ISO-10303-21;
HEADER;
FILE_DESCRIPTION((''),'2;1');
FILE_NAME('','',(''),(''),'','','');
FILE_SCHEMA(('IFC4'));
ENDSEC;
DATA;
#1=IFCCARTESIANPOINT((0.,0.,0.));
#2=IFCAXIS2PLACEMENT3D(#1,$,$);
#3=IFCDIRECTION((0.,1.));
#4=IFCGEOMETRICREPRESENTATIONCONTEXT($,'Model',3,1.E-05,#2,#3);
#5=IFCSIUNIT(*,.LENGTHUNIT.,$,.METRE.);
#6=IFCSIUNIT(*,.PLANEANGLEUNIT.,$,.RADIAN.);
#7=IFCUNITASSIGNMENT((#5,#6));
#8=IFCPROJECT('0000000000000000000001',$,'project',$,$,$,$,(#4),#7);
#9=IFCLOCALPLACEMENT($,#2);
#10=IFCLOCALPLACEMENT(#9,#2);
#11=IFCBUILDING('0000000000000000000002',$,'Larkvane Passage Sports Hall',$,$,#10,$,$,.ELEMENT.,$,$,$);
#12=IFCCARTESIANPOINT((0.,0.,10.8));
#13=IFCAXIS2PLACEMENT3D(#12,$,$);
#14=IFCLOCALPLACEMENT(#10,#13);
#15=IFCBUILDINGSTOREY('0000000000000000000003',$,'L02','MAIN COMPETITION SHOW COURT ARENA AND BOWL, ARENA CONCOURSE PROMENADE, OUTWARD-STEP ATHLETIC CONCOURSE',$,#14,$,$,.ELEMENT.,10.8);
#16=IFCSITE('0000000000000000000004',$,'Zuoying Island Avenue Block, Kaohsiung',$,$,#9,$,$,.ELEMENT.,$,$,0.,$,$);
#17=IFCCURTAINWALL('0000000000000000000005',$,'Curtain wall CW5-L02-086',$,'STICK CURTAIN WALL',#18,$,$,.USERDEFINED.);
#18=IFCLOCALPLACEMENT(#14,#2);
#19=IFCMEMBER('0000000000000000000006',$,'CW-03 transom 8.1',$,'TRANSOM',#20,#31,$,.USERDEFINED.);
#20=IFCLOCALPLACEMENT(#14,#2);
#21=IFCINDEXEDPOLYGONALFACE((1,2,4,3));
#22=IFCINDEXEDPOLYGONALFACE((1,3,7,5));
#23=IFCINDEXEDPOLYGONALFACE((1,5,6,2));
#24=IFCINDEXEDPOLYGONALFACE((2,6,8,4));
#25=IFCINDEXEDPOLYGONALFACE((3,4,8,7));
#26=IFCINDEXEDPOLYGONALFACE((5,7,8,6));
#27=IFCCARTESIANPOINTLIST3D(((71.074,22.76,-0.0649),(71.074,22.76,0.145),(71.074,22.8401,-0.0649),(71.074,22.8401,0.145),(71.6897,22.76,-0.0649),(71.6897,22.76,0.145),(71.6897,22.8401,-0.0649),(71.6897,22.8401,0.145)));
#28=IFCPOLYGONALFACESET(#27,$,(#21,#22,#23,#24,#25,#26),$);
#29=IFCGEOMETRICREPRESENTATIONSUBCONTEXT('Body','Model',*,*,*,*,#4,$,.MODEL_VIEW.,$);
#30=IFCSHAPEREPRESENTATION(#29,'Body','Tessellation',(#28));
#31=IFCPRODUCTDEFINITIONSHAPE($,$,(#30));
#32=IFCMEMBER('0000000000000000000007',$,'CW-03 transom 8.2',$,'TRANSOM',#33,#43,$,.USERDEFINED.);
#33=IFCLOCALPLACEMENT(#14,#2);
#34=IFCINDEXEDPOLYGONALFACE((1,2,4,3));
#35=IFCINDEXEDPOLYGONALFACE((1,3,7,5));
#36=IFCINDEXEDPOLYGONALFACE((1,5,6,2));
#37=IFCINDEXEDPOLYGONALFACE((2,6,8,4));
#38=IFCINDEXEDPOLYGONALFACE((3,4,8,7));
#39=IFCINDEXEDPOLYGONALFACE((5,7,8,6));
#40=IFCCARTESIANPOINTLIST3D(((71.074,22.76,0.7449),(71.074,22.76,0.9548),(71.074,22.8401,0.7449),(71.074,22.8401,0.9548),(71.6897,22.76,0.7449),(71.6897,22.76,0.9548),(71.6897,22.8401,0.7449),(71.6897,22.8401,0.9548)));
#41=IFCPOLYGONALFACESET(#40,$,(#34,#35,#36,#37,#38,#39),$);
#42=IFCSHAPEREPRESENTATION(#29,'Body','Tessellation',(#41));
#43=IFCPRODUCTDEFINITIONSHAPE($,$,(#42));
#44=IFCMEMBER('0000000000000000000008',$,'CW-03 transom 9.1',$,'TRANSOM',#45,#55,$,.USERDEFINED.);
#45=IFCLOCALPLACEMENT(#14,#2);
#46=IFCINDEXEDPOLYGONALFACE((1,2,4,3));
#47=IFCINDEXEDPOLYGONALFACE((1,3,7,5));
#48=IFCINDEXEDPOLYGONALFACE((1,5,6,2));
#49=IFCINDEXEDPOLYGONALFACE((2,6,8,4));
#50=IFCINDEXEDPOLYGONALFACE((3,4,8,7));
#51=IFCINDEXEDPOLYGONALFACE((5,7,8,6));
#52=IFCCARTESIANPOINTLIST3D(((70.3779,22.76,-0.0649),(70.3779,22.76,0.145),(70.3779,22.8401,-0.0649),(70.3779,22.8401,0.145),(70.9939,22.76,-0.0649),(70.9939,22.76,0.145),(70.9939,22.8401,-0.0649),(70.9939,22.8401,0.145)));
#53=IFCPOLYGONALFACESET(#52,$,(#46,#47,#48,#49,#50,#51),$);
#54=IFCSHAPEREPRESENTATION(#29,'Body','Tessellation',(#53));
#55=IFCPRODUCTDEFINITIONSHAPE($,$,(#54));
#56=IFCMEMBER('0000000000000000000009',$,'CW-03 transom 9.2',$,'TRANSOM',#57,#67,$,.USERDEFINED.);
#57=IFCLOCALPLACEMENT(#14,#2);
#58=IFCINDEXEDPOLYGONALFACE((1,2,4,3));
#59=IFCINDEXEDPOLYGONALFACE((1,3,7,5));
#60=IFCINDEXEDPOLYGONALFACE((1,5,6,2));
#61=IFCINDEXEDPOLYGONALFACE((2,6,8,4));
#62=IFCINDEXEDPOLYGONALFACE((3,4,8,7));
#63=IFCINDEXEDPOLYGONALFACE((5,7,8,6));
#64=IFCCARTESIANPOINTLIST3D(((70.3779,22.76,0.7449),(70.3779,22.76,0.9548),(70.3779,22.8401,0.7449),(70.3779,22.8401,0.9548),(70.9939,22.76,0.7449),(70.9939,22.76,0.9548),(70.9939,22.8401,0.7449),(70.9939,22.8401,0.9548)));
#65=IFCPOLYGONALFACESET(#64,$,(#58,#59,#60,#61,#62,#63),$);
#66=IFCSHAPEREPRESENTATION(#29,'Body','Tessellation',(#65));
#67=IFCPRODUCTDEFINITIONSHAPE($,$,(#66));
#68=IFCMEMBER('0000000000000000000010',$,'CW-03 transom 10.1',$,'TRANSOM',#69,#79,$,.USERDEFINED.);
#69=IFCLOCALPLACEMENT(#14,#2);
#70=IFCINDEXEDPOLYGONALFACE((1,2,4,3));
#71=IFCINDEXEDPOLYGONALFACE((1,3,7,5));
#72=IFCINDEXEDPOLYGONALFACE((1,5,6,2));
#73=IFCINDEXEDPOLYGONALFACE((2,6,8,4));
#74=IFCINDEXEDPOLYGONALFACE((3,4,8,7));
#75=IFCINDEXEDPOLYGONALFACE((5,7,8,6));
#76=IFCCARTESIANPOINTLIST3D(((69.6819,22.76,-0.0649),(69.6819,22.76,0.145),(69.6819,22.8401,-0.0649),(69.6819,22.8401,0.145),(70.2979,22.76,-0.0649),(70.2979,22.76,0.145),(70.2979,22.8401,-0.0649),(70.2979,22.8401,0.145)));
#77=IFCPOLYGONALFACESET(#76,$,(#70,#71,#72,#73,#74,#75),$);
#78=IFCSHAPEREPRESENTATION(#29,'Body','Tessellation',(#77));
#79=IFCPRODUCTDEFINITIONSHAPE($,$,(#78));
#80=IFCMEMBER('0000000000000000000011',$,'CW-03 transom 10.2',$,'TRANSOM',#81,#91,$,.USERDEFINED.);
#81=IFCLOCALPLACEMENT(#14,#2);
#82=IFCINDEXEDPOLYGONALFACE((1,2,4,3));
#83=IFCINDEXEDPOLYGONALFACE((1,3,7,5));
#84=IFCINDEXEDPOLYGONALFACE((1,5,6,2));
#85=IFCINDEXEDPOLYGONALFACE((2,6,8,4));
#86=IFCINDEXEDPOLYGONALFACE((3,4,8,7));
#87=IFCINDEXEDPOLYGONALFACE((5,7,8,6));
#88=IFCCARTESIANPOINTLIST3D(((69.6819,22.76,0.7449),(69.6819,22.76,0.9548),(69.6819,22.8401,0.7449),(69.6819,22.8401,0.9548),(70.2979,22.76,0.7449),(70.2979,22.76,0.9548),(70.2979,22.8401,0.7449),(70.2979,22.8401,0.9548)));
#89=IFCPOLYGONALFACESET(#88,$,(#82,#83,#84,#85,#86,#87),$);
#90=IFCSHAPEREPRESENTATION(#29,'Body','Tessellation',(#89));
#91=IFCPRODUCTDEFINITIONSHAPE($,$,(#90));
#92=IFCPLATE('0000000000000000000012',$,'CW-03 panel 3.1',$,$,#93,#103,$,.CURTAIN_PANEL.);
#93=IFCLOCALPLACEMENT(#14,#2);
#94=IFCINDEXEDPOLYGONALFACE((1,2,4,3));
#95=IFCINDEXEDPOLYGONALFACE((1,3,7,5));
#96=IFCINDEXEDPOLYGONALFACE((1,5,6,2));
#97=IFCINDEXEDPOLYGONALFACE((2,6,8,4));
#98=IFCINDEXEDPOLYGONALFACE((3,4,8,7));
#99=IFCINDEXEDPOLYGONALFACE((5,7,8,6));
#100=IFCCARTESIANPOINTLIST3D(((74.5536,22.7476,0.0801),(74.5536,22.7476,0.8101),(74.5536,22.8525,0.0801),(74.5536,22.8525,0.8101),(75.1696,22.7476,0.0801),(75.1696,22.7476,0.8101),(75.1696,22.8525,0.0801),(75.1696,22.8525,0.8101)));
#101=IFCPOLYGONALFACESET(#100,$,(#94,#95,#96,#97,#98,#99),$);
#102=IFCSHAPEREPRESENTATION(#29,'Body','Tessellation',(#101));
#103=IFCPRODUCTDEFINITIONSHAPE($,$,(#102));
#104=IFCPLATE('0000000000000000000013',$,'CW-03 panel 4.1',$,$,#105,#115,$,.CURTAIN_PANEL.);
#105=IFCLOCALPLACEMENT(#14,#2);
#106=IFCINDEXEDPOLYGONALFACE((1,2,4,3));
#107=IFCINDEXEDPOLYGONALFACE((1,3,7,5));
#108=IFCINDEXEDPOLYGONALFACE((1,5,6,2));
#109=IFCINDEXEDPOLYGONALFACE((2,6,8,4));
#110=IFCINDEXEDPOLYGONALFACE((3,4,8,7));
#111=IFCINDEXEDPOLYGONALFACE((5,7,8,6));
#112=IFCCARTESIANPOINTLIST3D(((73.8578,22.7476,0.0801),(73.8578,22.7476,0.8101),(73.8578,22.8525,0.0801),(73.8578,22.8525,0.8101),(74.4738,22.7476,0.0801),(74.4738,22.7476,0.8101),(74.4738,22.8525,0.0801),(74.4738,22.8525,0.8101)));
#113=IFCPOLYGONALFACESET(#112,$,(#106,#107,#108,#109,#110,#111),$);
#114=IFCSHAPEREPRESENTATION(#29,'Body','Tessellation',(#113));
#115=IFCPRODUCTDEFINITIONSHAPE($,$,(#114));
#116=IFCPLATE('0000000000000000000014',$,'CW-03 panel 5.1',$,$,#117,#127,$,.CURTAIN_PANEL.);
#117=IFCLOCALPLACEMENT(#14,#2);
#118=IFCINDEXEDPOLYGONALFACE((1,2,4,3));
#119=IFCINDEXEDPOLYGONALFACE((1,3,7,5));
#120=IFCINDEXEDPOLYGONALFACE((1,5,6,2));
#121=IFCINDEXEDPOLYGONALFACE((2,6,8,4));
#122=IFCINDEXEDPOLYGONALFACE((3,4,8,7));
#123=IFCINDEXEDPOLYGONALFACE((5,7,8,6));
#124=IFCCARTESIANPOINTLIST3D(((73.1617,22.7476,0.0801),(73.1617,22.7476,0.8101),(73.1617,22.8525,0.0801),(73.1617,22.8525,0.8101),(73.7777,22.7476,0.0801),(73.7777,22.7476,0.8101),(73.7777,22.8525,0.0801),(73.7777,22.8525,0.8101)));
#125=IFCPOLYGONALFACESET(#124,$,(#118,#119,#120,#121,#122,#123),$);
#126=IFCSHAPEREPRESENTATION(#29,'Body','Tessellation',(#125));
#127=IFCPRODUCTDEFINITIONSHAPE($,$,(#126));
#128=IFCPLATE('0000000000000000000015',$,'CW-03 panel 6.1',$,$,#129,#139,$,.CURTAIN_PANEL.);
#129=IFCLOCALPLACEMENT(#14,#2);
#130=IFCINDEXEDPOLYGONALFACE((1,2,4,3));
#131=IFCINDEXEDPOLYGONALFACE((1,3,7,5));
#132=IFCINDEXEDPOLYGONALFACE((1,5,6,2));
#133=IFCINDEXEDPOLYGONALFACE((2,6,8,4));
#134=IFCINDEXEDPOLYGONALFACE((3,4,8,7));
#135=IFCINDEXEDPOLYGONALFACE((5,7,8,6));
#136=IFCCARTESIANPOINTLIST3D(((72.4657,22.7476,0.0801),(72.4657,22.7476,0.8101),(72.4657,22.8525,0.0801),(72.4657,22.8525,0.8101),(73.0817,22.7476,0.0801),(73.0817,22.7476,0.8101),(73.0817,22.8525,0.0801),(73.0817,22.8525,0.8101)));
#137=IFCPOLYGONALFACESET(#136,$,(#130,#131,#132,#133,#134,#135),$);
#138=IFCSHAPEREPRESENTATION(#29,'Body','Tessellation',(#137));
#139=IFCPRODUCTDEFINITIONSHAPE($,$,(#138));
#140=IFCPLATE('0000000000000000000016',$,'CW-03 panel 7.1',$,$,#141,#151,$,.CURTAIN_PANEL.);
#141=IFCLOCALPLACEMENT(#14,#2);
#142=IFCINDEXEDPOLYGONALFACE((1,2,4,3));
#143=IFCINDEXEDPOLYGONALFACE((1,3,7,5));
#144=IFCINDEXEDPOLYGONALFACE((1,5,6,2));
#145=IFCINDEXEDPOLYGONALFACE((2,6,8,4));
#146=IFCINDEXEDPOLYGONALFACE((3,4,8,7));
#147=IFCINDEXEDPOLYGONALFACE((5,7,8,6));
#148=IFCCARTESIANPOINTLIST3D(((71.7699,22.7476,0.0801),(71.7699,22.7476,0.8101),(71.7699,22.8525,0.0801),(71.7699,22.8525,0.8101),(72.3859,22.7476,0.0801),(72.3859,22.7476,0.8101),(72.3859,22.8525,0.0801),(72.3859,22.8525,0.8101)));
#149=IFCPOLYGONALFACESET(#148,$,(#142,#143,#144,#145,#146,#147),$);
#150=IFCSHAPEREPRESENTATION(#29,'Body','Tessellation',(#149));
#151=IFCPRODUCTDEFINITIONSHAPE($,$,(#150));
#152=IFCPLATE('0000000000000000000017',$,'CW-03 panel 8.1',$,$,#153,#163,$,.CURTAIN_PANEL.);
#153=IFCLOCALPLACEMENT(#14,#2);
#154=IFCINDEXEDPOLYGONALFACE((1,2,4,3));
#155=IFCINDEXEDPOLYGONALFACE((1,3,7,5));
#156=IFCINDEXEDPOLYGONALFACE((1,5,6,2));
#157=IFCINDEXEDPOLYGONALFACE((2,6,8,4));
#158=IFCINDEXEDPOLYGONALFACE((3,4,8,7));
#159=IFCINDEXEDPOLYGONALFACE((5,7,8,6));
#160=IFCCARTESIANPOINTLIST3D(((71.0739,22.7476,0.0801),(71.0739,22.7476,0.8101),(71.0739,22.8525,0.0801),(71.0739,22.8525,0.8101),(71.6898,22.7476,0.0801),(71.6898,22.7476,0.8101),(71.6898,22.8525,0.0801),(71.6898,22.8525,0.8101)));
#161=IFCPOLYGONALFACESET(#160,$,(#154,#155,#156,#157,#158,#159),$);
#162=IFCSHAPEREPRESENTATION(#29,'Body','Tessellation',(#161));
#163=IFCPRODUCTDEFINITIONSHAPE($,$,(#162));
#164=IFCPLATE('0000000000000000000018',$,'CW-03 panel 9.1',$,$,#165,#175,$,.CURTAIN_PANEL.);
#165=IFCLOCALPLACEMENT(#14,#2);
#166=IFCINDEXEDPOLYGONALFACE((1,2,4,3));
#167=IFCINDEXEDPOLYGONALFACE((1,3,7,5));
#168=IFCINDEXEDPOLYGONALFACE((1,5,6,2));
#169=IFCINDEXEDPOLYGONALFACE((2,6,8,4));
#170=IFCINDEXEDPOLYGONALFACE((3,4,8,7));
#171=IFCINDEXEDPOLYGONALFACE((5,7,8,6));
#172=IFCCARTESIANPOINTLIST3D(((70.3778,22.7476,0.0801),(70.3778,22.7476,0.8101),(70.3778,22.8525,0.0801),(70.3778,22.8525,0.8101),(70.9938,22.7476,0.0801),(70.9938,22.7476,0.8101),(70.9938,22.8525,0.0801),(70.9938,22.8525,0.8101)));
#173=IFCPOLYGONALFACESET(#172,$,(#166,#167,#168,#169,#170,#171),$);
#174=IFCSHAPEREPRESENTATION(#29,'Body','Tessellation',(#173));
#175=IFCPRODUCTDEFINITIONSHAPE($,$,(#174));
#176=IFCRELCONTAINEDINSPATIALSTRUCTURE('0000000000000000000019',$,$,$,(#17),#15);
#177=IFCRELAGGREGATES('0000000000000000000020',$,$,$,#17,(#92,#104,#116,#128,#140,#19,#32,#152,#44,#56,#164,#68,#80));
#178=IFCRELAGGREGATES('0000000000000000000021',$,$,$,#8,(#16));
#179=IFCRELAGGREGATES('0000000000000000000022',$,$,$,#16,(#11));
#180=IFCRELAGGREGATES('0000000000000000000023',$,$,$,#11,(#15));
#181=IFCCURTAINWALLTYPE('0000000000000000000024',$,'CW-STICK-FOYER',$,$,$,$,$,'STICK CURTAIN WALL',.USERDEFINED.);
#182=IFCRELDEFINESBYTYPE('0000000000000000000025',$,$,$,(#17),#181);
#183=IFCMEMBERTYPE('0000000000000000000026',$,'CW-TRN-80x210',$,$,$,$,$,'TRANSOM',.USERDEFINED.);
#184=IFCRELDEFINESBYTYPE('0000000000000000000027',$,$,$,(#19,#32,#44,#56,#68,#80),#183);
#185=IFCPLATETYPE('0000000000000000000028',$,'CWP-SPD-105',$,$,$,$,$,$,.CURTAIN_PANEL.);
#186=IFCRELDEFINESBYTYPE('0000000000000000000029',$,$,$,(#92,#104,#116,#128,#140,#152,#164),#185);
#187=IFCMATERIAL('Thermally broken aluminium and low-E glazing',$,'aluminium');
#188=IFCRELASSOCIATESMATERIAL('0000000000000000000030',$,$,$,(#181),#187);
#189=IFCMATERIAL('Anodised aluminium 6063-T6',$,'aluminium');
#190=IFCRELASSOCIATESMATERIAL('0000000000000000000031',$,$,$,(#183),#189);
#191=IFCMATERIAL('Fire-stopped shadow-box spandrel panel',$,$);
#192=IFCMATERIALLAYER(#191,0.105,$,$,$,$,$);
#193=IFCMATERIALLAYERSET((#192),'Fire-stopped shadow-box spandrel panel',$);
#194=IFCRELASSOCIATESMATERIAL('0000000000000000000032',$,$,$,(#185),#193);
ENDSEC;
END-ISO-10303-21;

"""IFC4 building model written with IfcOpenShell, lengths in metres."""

from ifc_helpers import new_model, si_unit, direction, frame, origin, origin_2d, place, context, subcontext, project, spatial, rectangle, extrude, material, layer, layer_set, material_profile, profile_set, type_object, element, aggregate, save


model = new_model("IFC4")

# Units and contexts
model_context = context("Model", 3, precision=1e-05, world=origin(), true_north=direction((0.0, 1.0)))
body_context = subcontext(model_context, "Body", "Model", "MODEL_VIEW")
ifc_project = project(units=[si_unit("LENGTHUNIT", "METRE"), si_unit("PLANEANGLEUNIT", "RADIAN")], contexts=[model_context])

# Site, building, storey
site_placement = place(None, origin())
site = spatial("IfcSite", under=ifc_project, at=site_placement, Name="Zuoying Island Avenue Block, Kaohsiung", CompositionType="ELEMENT", RefElevation=0.0)
building_placement = place(site_placement, origin())
building = spatial("IfcBuilding", under=site, at=building_placement, Name="Larkvane Passage Sports Hall", CompositionType="ELEMENT")
storey_placement = place(building_placement, frame((0.0, 0.0, 10.8)))
storey = spatial("IfcBuildingStorey", under=building, at=storey_placement, Name="L02", Description="MAIN COMPETITION SHOW COURT ARENA AND BOWL, ARENA CONCOURSE PROMENADE, OUTWARD-STEP ATHLETIC CONCOURSE", CompositionType="ELEMENT", Elevation=10.8)

# Curtain wall, members, plates
ifc_material_1 = material(Name="Thermally broken aluminium and low-E glazing", Category="aluminium")
curtain_wall_type = type_object("IfcCurtainWallType", Name="CW-STICK-FOYER", ElementType="STICK CURTAIN WALL", PredefinedType="USERDEFINED", material=ifc_material_1)
curtain_wall_placement = place(storey_placement, origin())
curtain_wall = element("IfcCurtainWall", 1, at=curtain_wall_placement, inside=storey, type_object=curtain_wall_type, Name="Curtain wall CW5-L02-086", ObjectType="STICK CURTAIN WALL", PredefinedType="USERDEFINED")
ifc_material_2 = material(Name="Anodised aluminium 6063-T6", Category="aluminium")
ifc_material_profile_1 = material_profile(ifc_material_2, rectangle(XDim=0.0801, YDim=0.21, at=origin_2d()), Name="ALU-TRN-80x210")
ifc_profile_set_1 = profile_set([ifc_material_profile_1], Name="Anodised aluminium 6063-T6")
member_type_1 = type_object("IfcMemberType", Name="CW-TRN-80x210", ElementType="TRANSOM", PredefinedType="USERDEFINED", material=ifc_profile_set_1)
member_1_placement = place(storey_placement, frame((71.6897, 22.8, 0.04), z_axis=(-1.0, 0.0, 0.0), x_axis=(0.0, -1.0, 0.0)))
member_1 = element("IfcMember", 2, at=member_1_placement, type_object=member_type_1, Name="CW-03 transom 8.1", ObjectType="TRANSOM", PredefinedType="USERDEFINED", context=body_context, shape_type="SweptSolid", body=[
    extrude(rectangle(XDim=0.0801, YDim=0.21, at=origin_2d()), origin(), (0.0, 0.0, 1.0), 0.6157),
])
member_2_placement = place(storey_placement, frame((71.6897, 22.8, 0.8499), z_axis=(-1.0, 0.0, 0.0), x_axis=(0.0, -1.0, 0.0)))
member_2 = element("IfcMember", 3, at=member_2_placement, type_object=member_type_1, Name="CW-03 transom 8.2", ObjectType="TRANSOM", PredefinedType="USERDEFINED", context=body_context, shape_type="SweptSolid", body=[
    extrude(rectangle(XDim=0.0801, YDim=0.21, at=origin_2d()), origin(), (0.0, 0.0, 1.0), 0.6157),
])
member_3_placement = place(storey_placement, frame((70.9939, 22.8, 0.04), z_axis=(-1.0, 0.0, 0.0), x_axis=(0.0, -1.0, 0.0)))
member_3 = element("IfcMember", 4, at=member_3_placement, type_object=member_type_1, Name="CW-03 transom 9.1", ObjectType="TRANSOM", PredefinedType="USERDEFINED", context=body_context, shape_type="SweptSolid", body=[
    extrude(rectangle(XDim=0.0801, YDim=0.21, at=origin_2d()), origin(), (0.0, 0.0, 1.0), 0.616),
])
member_4_placement = place(storey_placement, frame((70.9939, 22.8, 0.8499), z_axis=(-1.0, 0.0, 0.0), x_axis=(0.0, -1.0, 0.0)))
member_4 = element("IfcMember", 5, at=member_4_placement, type_object=member_type_1, Name="CW-03 transom 9.2", ObjectType="TRANSOM", PredefinedType="USERDEFINED", context=body_context, shape_type="SweptSolid", body=[
    extrude(rectangle(XDim=0.0801, YDim=0.21, at=origin_2d()), origin(), (0.0, 0.0, 1.0), 0.616),
])
member_5_placement = place(storey_placement, frame((70.2979, 22.8, 0.04), z_axis=(-1.0, 0.0, 0.0), x_axis=(0.0, -1.0, 0.0)))
member_5 = element("IfcMember", 6, at=member_5_placement, type_object=member_type_1, Name="CW-03 transom 10.1", ObjectType="TRANSOM", PredefinedType="USERDEFINED", context=body_context, shape_type="SweptSolid", body=[
    extrude(rectangle(XDim=0.0801, YDim=0.21, at=origin_2d()), origin(), (0.0, 0.0, 1.0), 0.616),
])
member_6_placement = place(storey_placement, frame((70.2979, 22.8, 0.8499), z_axis=(-1.0, 0.0, 0.0), x_axis=(0.0, -1.0, 0.0)))
member_6 = element("IfcMember", 7, at=member_6_placement, type_object=member_type_1, Name="CW-03 transom 10.2", ObjectType="TRANSOM", PredefinedType="USERDEFINED", context=body_context, shape_type="SweptSolid", body=[
    extrude(rectangle(XDim=0.0801, YDim=0.21, at=origin_2d()), origin(), (0.0, 0.0, 1.0), 0.616),
])
ifc_material_3 = material(Name="Fire-stopped shadow-box spandrel panel")
ifc_layer = layer(ifc_material_3, 0.105)
ifc_layer_set = layer_set([ifc_layer], Name="Fire-stopped shadow-box spandrel panel")
plate_type = type_object("IfcPlateType", Name="CWP-SPD-105", PredefinedType="CURTAIN_PANEL", material=ifc_layer_set)
plate_1_placement = place(storey_placement, frame((74.8616, 22.8, 0.0801), z_axis=(0.0, 0.0, 1.0), x_axis=(-1.0, 0.0, 0.0)))
plate_1 = element("IfcPlate", 8, at=plate_1_placement, type_object=plate_type, Name="CW-03 panel 3.1", PredefinedType="CURTAIN_PANEL", context=body_context, shape_type="SweptSolid", body=[
    extrude(rectangle(XDim=0.616, YDim=0.105, at=origin_2d()), origin(), (0.0, 0.0, 1.0), 0.73),
])
plate_2_placement = place(storey_placement, frame((74.1658, 22.8, 0.0801), z_axis=(0.0, 0.0, 1.0), x_axis=(-1.0, 0.0, 0.0)))
plate_2 = element("IfcPlate", 9, at=plate_2_placement, type_object=plate_type, Name="CW-03 panel 4.1", PredefinedType="CURTAIN_PANEL", context=body_context, shape_type="SweptSolid", body=[
    extrude(rectangle(XDim=0.616, YDim=0.105, at=origin_2d()), origin(), (0.0, 0.0, 1.0), 0.73),
])
plate_3_placement = place(storey_placement, frame((73.4697, 22.8, 0.0801), z_axis=(0.0, 0.0, 1.0), x_axis=(-1.0, 0.0, 0.0)))
plate_3 = element("IfcPlate", 10, at=plate_3_placement, type_object=plate_type, Name="CW-03 panel 5.1", PredefinedType="CURTAIN_PANEL", context=body_context, shape_type="SweptSolid", body=[
    extrude(rectangle(XDim=0.616, YDim=0.105, at=origin_2d()), origin(), (0.0, 0.0, 1.0), 0.73),
])
plate_4_placement = place(storey_placement, frame((72.7737, 22.8, 0.0801), z_axis=(0.0, 0.0, 1.0), x_axis=(-1.0, 0.0, 0.0)))
plate_4 = element("IfcPlate", 11, at=plate_4_placement, type_object=plate_type, Name="CW-03 panel 6.1", PredefinedType="CURTAIN_PANEL", context=body_context, shape_type="SweptSolid", body=[
    extrude(rectangle(XDim=0.616, YDim=0.105, at=origin_2d()), origin(), (0.0, 0.0, 1.0), 0.73),
])
plate_5_placement = place(storey_placement, frame((72.0779, 22.8, 0.0801), z_axis=(0.0, 0.0, 1.0), x_axis=(-1.0, 0.0, 0.0)))
plate_5 = element("IfcPlate", 12, at=plate_5_placement, type_object=plate_type, Name="CW-03 panel 7.1", PredefinedType="CURTAIN_PANEL", context=body_context, shape_type="SweptSolid", body=[
    extrude(rectangle(XDim=0.616, YDim=0.105, at=origin_2d()), origin(), (0.0, 0.0, 1.0), 0.73),
])
plate_6_placement = place(storey_placement, frame((71.3818, 22.8, 0.0801), z_axis=(0.0, 0.0, 1.0), x_axis=(-1.0, 0.0, 0.0)))
plate_6 = element("IfcPlate", 13, at=plate_6_placement, type_object=plate_type, Name="CW-03 panel 8.1", PredefinedType="CURTAIN_PANEL", context=body_context, shape_type="SweptSolid", body=[
    extrude(rectangle(XDim=0.616, YDim=0.105, at=origin_2d()), origin(), (0.0, 0.0, 1.0), 0.73),
])
plate_7_placement = place(storey_placement, frame((70.6858, 22.8, 0.0801), z_axis=(0.0, 0.0, 1.0), x_axis=(-1.0, 0.0, 0.0)))
plate_7 = element("IfcPlate", 14, at=plate_7_placement, type_object=plate_type, Name="CW-03 panel 9.1", PredefinedType="CURTAIN_PANEL", context=body_context, shape_type="SweptSolid", body=[
    extrude(rectangle(XDim=0.616, YDim=0.105, at=origin_2d()), origin(), (0.0, 0.0, 1.0), 0.73),
])
aggregate(curtain_wall, [plate_1, plate_2, plate_3, plate_4, plate_5, member_1, member_2, plate_6, member_3, member_4, plate_7, member_5, member_6])

save(model, "model.ifc")
